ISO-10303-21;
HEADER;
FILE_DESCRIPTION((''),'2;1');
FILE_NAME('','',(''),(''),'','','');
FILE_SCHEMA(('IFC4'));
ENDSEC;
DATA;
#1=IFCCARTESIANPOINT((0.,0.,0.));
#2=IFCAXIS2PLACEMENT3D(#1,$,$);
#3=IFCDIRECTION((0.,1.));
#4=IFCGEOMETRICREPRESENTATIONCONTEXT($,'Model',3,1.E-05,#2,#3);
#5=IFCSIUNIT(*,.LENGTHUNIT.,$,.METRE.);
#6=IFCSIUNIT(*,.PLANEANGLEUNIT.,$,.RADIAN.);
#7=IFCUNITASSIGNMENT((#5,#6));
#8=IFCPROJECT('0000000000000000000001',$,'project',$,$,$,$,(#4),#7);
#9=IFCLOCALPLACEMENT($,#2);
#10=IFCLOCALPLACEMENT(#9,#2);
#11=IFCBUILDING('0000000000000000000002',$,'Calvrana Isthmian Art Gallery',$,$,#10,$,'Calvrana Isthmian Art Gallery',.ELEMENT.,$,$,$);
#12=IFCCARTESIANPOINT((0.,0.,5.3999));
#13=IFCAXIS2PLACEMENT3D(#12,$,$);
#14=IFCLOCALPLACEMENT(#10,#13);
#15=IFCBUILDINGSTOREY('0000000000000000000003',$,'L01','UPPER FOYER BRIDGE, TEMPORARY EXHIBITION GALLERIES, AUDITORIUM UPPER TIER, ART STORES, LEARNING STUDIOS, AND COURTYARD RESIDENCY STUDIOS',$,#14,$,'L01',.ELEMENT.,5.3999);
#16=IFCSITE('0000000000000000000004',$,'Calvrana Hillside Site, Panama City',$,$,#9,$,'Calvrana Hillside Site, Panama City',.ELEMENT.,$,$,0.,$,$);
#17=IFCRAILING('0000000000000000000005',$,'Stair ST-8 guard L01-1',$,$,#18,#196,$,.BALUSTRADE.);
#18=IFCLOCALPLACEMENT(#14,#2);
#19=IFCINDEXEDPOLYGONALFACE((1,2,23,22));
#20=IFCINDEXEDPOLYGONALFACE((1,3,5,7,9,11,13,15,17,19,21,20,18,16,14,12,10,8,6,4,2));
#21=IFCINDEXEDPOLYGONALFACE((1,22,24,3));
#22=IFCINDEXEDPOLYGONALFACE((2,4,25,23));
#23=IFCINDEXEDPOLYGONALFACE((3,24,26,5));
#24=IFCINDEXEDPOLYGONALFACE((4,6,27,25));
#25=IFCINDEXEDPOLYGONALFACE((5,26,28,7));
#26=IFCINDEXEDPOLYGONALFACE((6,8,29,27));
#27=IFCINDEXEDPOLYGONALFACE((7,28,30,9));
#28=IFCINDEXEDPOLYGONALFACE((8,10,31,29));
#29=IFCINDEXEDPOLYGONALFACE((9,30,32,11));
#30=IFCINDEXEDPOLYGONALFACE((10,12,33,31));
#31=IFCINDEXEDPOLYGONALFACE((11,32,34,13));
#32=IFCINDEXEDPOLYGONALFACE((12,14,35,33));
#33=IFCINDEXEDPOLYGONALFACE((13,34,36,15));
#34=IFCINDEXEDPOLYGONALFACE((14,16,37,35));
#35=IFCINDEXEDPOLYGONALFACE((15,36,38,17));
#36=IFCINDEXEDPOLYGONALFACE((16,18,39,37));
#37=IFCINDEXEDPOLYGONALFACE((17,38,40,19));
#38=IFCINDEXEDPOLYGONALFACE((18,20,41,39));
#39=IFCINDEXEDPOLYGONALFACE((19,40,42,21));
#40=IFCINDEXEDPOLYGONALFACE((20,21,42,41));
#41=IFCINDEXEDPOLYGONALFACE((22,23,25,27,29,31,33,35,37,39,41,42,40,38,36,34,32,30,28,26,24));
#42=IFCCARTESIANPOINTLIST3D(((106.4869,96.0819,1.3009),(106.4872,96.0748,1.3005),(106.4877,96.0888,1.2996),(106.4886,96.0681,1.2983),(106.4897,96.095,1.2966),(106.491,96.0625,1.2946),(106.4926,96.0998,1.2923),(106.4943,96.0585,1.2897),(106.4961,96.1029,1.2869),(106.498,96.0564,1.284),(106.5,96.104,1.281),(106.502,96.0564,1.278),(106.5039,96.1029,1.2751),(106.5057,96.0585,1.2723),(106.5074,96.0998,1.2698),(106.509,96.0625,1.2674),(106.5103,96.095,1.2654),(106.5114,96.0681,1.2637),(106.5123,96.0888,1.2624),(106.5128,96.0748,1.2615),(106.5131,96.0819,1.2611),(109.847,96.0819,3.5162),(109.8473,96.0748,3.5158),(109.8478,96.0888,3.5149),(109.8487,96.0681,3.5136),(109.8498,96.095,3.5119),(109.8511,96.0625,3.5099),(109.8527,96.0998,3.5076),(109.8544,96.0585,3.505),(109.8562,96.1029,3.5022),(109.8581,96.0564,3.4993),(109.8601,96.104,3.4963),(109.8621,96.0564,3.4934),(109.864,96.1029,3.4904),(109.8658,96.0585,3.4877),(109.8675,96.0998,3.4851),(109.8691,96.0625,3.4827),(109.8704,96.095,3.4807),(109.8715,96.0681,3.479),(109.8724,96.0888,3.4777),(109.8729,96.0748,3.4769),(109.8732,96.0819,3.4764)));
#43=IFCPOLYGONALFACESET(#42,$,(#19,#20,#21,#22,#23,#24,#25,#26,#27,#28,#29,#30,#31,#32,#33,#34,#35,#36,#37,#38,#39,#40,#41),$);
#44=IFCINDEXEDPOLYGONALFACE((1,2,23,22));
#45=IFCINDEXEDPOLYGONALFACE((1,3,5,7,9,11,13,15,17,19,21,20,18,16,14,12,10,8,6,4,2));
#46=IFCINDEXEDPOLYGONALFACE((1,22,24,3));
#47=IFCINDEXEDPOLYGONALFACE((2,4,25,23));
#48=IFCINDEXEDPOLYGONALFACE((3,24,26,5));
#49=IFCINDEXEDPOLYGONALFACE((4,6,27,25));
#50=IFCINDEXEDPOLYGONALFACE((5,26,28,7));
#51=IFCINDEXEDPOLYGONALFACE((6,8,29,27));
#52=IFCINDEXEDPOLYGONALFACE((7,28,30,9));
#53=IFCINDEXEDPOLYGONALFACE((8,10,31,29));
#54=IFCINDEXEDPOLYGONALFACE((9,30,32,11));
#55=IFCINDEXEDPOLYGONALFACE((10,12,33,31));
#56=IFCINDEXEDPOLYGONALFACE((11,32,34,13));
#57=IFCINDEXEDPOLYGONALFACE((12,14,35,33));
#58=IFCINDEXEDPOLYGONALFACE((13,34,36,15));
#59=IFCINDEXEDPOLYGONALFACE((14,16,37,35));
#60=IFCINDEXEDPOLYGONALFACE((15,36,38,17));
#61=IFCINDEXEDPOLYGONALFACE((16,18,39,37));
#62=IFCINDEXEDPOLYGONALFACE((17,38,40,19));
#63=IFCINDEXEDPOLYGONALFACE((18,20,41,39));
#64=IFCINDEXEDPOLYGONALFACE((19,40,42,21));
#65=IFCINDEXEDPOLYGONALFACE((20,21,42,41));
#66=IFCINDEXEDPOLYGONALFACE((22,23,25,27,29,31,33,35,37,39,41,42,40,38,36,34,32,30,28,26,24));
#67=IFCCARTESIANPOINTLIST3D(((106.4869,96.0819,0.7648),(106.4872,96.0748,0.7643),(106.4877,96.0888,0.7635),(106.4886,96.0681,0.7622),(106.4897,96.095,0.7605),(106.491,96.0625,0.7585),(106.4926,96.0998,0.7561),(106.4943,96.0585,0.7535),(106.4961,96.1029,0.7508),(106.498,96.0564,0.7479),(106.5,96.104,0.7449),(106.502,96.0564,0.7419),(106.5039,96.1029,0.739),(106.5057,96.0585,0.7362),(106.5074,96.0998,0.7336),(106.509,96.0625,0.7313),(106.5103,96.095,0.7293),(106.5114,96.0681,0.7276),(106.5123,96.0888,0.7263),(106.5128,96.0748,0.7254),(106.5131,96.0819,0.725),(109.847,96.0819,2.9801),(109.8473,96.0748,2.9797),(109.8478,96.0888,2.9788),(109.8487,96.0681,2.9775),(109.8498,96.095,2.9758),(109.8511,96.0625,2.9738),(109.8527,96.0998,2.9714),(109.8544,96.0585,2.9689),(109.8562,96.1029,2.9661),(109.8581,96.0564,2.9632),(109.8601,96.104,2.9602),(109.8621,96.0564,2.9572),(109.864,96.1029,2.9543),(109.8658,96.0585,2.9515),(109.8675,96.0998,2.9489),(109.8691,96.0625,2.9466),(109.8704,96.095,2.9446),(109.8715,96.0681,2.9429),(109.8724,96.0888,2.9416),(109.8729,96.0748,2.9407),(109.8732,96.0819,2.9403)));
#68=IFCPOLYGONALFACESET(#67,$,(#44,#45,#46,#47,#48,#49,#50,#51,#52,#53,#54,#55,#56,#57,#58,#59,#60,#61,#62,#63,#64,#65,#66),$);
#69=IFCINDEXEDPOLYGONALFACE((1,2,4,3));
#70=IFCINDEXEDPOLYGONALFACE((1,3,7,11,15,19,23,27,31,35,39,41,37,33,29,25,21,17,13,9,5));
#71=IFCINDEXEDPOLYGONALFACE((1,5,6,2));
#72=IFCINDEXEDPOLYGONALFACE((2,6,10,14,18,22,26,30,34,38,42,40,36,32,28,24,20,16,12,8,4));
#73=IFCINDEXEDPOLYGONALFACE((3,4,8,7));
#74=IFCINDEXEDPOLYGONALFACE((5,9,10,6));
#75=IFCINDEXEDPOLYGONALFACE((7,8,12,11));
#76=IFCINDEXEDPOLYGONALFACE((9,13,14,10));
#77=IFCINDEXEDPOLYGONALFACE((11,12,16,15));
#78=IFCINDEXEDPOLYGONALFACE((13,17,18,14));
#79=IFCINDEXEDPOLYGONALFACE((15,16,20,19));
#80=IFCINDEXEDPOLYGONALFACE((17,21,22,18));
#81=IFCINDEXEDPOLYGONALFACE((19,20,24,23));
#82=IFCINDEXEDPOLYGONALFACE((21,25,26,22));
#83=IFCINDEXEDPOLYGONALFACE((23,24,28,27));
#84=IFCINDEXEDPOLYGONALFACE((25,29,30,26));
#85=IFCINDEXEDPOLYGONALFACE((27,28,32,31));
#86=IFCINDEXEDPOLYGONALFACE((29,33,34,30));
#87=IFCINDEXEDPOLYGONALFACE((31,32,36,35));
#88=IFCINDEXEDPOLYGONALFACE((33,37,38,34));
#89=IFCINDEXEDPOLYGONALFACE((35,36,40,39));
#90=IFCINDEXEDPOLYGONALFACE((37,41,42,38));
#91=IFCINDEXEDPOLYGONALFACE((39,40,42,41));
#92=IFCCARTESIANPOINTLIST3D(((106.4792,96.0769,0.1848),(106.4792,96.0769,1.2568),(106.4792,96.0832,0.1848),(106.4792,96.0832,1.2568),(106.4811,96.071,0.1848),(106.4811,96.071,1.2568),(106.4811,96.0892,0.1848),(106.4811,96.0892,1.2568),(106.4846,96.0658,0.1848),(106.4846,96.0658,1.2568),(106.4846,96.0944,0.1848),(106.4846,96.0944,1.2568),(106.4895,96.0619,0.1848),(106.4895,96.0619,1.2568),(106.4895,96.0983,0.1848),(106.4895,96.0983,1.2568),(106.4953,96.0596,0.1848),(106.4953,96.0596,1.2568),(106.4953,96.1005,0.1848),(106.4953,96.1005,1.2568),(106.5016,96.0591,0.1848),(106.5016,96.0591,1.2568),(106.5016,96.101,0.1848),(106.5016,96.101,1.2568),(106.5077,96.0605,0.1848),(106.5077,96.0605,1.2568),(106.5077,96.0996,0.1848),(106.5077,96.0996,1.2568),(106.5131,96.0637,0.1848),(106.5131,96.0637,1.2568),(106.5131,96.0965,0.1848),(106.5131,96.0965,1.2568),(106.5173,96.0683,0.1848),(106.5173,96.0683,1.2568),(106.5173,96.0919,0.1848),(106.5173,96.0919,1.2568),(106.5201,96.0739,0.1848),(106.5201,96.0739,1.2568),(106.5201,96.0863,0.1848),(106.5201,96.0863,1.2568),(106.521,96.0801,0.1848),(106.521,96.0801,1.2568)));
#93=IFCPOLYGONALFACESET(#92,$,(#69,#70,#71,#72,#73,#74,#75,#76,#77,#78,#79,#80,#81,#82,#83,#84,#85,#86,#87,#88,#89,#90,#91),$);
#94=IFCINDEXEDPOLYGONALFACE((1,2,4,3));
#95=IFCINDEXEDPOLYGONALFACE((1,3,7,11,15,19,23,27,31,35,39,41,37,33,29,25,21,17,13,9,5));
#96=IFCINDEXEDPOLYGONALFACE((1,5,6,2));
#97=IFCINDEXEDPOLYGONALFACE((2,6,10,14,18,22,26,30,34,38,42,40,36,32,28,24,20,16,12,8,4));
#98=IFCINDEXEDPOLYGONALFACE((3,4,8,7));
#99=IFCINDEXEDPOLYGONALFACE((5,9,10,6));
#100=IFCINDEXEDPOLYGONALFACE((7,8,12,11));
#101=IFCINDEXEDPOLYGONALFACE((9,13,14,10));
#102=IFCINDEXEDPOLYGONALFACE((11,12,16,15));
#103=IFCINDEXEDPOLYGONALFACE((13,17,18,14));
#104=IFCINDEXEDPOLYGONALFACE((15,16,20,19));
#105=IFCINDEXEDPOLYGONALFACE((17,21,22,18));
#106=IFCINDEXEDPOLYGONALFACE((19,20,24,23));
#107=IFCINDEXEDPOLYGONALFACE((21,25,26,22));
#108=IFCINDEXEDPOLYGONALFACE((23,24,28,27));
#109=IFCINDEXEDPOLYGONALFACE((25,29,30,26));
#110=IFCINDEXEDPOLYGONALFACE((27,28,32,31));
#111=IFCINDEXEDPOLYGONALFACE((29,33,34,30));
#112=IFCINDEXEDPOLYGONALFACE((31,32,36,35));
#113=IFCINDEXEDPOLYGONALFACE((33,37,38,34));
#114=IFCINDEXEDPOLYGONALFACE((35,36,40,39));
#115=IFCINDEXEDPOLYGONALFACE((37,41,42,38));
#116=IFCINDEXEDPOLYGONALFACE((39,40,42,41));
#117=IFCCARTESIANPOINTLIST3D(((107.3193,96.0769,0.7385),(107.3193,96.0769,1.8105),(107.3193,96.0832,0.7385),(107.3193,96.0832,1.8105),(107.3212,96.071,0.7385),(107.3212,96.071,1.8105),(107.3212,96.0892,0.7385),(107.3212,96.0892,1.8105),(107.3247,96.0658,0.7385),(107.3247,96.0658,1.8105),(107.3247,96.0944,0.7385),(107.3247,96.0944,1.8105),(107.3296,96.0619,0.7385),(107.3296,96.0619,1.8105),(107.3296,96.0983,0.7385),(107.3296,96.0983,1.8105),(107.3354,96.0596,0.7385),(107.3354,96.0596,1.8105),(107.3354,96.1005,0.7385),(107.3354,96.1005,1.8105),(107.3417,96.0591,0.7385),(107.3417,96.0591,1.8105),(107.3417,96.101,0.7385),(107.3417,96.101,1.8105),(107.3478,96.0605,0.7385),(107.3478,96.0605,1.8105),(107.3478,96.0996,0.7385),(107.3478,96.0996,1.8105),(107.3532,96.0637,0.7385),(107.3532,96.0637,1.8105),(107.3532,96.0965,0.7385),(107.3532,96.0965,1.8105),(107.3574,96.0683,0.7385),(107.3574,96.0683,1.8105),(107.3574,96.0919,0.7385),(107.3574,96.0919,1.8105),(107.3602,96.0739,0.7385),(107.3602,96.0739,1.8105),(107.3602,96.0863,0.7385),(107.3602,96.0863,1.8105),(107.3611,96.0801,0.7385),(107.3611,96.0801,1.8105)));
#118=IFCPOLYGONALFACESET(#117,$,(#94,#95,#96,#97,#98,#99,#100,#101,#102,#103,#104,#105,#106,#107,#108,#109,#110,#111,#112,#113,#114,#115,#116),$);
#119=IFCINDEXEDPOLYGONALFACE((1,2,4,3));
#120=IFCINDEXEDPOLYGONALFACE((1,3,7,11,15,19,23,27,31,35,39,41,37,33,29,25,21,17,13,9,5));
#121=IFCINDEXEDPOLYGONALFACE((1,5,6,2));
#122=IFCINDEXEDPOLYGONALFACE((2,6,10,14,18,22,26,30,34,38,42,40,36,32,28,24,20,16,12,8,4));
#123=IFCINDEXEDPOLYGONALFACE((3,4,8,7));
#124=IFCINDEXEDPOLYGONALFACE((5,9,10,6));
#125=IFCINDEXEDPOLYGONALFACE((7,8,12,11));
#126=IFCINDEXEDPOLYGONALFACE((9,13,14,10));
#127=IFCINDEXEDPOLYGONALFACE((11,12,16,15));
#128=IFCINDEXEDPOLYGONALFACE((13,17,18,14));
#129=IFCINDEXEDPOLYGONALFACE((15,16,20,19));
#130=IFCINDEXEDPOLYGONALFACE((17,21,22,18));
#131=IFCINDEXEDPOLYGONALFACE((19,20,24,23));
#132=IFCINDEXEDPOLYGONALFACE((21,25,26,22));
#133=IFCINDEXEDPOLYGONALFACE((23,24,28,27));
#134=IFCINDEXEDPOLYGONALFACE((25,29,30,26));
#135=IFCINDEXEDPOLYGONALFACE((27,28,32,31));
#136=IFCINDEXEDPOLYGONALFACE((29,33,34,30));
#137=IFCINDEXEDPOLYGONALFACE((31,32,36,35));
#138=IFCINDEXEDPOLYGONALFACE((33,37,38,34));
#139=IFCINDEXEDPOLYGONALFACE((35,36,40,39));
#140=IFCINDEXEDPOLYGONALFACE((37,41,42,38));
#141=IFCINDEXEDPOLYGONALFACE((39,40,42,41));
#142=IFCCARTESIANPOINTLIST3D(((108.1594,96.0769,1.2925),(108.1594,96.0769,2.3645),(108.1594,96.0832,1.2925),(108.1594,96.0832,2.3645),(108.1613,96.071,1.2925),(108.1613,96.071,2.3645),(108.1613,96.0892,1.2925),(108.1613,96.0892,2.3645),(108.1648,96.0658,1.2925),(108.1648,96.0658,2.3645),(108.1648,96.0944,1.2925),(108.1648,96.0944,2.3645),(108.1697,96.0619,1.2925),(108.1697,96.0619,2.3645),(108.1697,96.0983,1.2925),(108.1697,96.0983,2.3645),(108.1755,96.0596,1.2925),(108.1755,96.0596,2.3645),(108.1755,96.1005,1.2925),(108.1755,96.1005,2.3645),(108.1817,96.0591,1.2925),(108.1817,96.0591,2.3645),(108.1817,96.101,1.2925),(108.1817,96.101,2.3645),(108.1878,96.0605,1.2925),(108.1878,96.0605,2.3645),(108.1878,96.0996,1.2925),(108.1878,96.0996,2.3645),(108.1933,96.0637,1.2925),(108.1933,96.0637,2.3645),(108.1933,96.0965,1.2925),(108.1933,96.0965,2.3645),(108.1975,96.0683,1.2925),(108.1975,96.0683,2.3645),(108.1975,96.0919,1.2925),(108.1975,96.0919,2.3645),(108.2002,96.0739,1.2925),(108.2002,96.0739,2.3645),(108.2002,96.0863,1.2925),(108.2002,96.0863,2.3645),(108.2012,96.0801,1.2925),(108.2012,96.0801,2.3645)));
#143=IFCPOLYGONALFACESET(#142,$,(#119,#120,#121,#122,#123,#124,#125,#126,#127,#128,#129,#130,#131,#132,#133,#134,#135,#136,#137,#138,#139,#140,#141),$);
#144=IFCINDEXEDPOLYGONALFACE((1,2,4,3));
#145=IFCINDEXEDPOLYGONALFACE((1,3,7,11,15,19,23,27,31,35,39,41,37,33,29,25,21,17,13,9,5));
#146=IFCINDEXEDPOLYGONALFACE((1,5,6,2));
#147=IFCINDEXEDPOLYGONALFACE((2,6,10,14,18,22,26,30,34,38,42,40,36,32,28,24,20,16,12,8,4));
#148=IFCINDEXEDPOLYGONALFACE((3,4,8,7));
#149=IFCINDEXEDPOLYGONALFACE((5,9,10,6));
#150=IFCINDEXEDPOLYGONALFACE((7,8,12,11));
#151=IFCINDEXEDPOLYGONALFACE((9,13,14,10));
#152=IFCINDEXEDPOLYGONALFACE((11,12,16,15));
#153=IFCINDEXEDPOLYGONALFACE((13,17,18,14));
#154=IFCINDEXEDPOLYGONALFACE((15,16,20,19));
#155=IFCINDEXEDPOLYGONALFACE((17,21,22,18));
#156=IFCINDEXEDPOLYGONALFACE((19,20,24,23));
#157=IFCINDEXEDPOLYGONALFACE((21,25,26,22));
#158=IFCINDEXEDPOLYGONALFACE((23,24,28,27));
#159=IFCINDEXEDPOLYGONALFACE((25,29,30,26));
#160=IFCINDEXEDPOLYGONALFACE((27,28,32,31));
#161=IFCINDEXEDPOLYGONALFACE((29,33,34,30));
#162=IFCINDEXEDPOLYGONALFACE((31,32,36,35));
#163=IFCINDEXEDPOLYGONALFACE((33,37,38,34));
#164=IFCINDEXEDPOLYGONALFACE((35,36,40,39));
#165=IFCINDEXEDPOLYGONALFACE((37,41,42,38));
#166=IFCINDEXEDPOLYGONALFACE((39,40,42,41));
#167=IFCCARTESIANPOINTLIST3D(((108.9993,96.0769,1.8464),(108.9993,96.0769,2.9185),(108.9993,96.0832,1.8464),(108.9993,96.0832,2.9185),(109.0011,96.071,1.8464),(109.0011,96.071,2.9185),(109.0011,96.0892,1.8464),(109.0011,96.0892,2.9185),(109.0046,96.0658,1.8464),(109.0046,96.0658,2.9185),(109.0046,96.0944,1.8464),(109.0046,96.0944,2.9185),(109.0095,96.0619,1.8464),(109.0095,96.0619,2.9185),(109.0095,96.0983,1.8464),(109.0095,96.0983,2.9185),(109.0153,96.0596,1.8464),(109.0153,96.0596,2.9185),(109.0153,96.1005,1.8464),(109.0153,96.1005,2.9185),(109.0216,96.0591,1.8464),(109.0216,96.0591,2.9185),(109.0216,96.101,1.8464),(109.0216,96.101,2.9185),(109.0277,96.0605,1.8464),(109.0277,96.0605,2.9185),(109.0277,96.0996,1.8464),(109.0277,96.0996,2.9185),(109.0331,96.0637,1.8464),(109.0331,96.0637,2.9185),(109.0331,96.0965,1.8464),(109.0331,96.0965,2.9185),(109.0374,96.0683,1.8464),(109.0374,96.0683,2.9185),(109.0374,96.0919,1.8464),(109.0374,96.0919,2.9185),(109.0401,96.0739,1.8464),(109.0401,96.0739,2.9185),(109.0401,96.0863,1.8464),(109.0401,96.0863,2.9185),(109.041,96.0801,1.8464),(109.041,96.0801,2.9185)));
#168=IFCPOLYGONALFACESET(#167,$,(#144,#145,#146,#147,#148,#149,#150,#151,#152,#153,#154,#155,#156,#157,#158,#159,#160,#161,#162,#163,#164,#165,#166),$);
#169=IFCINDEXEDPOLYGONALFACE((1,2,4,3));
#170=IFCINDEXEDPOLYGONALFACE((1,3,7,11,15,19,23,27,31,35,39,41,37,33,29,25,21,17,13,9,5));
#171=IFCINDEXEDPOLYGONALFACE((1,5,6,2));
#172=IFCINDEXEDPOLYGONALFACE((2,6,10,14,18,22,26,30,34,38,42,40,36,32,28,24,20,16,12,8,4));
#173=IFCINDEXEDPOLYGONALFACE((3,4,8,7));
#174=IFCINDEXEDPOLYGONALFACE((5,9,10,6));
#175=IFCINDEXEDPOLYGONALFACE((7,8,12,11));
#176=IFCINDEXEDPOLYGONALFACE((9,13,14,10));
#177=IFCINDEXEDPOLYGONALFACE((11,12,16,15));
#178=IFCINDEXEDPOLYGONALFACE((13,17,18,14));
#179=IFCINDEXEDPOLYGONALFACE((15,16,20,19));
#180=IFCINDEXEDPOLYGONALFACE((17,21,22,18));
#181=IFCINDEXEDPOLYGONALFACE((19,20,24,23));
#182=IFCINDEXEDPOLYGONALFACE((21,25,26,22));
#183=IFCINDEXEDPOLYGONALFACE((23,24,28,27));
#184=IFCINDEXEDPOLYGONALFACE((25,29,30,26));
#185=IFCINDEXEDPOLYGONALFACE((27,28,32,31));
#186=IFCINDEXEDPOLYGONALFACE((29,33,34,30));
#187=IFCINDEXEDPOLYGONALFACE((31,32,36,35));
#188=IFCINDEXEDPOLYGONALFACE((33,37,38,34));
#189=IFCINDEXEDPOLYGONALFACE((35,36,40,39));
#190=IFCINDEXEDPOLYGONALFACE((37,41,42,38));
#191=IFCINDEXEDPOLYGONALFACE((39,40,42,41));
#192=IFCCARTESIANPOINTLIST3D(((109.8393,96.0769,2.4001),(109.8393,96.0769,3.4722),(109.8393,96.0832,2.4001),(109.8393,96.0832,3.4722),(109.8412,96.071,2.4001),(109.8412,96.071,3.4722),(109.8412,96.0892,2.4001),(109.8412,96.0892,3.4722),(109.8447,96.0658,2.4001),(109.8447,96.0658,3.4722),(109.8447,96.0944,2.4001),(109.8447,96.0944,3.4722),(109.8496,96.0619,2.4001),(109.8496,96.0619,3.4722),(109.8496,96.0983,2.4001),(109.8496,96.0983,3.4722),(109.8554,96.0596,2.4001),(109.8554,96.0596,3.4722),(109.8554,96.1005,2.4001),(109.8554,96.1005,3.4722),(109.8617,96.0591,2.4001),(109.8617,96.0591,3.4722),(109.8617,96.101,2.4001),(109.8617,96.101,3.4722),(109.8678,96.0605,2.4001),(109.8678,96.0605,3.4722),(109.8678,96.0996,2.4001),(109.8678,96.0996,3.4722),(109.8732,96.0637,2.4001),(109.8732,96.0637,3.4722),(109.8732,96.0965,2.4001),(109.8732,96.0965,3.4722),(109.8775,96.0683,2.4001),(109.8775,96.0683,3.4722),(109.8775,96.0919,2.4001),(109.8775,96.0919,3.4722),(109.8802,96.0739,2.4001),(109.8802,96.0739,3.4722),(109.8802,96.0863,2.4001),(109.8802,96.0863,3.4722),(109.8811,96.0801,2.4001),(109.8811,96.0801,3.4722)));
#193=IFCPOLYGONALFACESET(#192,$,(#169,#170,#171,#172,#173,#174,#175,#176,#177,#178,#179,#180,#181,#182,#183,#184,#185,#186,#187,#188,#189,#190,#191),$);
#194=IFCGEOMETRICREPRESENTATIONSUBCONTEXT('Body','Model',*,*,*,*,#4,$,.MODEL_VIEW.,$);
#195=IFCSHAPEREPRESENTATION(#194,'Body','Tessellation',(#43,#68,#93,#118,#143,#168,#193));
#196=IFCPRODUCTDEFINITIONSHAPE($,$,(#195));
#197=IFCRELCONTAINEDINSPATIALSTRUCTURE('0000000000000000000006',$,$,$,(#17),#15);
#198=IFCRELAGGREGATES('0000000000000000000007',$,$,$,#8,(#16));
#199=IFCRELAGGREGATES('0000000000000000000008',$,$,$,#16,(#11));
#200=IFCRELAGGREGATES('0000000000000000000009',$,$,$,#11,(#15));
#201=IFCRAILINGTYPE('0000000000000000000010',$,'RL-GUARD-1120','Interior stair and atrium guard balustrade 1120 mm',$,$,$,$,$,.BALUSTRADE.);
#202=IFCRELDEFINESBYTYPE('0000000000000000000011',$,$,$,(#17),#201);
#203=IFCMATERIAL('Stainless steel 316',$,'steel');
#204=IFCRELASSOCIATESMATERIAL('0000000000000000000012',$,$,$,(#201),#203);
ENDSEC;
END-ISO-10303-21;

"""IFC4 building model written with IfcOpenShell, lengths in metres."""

from ifc_helpers import new_model, si_unit, direction, frame, origin, origin_2d, place, context, subcontext, project, spatial, circle, extrude, material, type_object, element, save


model = new_model("IFC4")

# Units and contexts
model_context = context("Model", 3, precision=1e-05, world=origin(), true_north=direction((0.0, 1.0)))
body_context = subcontext(model_context, "Body", "Model", "MODEL_VIEW")
ifc_project = project(units=[si_unit("LENGTHUNIT", "METRE"), si_unit("PLANEANGLEUNIT", "RADIAN")], contexts=[model_context])

# Site, building, storey
site_placement = place(None, origin())
site = spatial("IfcSite", under=ifc_project, at=site_placement, Name="Calvrana Hillside Site, Panama City", LongName="Calvrana Hillside Site, Panama City", CompositionType="ELEMENT", RefElevation=0.0)
building_placement = place(site_placement, origin())
building = spatial("IfcBuilding", under=site, at=building_placement, Name="Calvrana Isthmian Art Gallery", LongName="Calvrana Isthmian Art Gallery", CompositionType="ELEMENT")
storey_placement = place(building_placement, frame((0.0, 0.0, 5.3999)))
storey = spatial("IfcBuildingStorey", under=building, at=storey_placement, Name="L01", Description="UPPER FOYER BRIDGE, TEMPORARY EXHIBITION GALLERIES, AUDITORIUM UPPER TIER, ART STORES, LEARNING STUDIOS, AND COURTYARD RESIDENCY STUDIOS", LongName="L01", CompositionType="ELEMENT", Elevation=5.3999)

# Railing
ifc_material_1 = material(Name="Stainless steel 316", Category="steel")
railing_type_1 = type_object("IfcRailingType", Name="RL-GUARD-1120", Description="Interior stair and atrium guard balustrade 1120 mm", PredefinedType="BALUSTRADE", material=ifc_material_1)
railing_1_placement = place(storey_placement, frame((106.5, 96.0801, 0.1848)))
element("IfcRailing", 1, at=railing_1_placement, inside=storey, type_object=railing_type_1, Name="Stair ST-8 guard L01-1", PredefinedType="BALUSTRADE", context=body_context, shape_type="SweptSolid", body=[
    extrude(circle(Radius=0.0239, at=origin_2d()), frame((0.0, 0.0, 1.0962), z_axis=(0.834876, 0.0, 0.550437), x_axis=(0.0, 1.0, 0.0)), (0.0, 0.0, 1.0), 4.0247),
    extrude(circle(Radius=0.0239, at=origin_2d()), frame((0.0, 0.0, 0.5601), z_axis=(0.834876, 0.0, 0.550437), x_axis=(0.0, 1.0, 0.0)), (0.0, 0.0, 1.0), 4.0247),
    extrude(circle(Radius=0.021, at=origin_2d()), origin(), (0.0, 0.0, 1.0), 1.072),
    extrude(circle(Radius=0.021, at=origin_2d()), frame((0.8401, 0.0, 0.5537)), (0.0, 0.0, 1.0), 1.072),
    extrude(circle(Radius=0.021, at=origin_2d()), frame((1.6802, 0.0, 1.1077)), (0.0, 0.0, 1.0), 1.072),
    extrude(circle(Radius=0.021, at=origin_2d()), frame((2.52, 0.0, 1.6616)), (0.0, 0.0, 1.0), 1.072),
    extrude(circle(Radius=0.021, at=origin_2d()), frame((3.3601, 0.0, 2.2153)), (0.0, 0.0, 1.0), 1.072),
])

save(model, "model.ifc")
